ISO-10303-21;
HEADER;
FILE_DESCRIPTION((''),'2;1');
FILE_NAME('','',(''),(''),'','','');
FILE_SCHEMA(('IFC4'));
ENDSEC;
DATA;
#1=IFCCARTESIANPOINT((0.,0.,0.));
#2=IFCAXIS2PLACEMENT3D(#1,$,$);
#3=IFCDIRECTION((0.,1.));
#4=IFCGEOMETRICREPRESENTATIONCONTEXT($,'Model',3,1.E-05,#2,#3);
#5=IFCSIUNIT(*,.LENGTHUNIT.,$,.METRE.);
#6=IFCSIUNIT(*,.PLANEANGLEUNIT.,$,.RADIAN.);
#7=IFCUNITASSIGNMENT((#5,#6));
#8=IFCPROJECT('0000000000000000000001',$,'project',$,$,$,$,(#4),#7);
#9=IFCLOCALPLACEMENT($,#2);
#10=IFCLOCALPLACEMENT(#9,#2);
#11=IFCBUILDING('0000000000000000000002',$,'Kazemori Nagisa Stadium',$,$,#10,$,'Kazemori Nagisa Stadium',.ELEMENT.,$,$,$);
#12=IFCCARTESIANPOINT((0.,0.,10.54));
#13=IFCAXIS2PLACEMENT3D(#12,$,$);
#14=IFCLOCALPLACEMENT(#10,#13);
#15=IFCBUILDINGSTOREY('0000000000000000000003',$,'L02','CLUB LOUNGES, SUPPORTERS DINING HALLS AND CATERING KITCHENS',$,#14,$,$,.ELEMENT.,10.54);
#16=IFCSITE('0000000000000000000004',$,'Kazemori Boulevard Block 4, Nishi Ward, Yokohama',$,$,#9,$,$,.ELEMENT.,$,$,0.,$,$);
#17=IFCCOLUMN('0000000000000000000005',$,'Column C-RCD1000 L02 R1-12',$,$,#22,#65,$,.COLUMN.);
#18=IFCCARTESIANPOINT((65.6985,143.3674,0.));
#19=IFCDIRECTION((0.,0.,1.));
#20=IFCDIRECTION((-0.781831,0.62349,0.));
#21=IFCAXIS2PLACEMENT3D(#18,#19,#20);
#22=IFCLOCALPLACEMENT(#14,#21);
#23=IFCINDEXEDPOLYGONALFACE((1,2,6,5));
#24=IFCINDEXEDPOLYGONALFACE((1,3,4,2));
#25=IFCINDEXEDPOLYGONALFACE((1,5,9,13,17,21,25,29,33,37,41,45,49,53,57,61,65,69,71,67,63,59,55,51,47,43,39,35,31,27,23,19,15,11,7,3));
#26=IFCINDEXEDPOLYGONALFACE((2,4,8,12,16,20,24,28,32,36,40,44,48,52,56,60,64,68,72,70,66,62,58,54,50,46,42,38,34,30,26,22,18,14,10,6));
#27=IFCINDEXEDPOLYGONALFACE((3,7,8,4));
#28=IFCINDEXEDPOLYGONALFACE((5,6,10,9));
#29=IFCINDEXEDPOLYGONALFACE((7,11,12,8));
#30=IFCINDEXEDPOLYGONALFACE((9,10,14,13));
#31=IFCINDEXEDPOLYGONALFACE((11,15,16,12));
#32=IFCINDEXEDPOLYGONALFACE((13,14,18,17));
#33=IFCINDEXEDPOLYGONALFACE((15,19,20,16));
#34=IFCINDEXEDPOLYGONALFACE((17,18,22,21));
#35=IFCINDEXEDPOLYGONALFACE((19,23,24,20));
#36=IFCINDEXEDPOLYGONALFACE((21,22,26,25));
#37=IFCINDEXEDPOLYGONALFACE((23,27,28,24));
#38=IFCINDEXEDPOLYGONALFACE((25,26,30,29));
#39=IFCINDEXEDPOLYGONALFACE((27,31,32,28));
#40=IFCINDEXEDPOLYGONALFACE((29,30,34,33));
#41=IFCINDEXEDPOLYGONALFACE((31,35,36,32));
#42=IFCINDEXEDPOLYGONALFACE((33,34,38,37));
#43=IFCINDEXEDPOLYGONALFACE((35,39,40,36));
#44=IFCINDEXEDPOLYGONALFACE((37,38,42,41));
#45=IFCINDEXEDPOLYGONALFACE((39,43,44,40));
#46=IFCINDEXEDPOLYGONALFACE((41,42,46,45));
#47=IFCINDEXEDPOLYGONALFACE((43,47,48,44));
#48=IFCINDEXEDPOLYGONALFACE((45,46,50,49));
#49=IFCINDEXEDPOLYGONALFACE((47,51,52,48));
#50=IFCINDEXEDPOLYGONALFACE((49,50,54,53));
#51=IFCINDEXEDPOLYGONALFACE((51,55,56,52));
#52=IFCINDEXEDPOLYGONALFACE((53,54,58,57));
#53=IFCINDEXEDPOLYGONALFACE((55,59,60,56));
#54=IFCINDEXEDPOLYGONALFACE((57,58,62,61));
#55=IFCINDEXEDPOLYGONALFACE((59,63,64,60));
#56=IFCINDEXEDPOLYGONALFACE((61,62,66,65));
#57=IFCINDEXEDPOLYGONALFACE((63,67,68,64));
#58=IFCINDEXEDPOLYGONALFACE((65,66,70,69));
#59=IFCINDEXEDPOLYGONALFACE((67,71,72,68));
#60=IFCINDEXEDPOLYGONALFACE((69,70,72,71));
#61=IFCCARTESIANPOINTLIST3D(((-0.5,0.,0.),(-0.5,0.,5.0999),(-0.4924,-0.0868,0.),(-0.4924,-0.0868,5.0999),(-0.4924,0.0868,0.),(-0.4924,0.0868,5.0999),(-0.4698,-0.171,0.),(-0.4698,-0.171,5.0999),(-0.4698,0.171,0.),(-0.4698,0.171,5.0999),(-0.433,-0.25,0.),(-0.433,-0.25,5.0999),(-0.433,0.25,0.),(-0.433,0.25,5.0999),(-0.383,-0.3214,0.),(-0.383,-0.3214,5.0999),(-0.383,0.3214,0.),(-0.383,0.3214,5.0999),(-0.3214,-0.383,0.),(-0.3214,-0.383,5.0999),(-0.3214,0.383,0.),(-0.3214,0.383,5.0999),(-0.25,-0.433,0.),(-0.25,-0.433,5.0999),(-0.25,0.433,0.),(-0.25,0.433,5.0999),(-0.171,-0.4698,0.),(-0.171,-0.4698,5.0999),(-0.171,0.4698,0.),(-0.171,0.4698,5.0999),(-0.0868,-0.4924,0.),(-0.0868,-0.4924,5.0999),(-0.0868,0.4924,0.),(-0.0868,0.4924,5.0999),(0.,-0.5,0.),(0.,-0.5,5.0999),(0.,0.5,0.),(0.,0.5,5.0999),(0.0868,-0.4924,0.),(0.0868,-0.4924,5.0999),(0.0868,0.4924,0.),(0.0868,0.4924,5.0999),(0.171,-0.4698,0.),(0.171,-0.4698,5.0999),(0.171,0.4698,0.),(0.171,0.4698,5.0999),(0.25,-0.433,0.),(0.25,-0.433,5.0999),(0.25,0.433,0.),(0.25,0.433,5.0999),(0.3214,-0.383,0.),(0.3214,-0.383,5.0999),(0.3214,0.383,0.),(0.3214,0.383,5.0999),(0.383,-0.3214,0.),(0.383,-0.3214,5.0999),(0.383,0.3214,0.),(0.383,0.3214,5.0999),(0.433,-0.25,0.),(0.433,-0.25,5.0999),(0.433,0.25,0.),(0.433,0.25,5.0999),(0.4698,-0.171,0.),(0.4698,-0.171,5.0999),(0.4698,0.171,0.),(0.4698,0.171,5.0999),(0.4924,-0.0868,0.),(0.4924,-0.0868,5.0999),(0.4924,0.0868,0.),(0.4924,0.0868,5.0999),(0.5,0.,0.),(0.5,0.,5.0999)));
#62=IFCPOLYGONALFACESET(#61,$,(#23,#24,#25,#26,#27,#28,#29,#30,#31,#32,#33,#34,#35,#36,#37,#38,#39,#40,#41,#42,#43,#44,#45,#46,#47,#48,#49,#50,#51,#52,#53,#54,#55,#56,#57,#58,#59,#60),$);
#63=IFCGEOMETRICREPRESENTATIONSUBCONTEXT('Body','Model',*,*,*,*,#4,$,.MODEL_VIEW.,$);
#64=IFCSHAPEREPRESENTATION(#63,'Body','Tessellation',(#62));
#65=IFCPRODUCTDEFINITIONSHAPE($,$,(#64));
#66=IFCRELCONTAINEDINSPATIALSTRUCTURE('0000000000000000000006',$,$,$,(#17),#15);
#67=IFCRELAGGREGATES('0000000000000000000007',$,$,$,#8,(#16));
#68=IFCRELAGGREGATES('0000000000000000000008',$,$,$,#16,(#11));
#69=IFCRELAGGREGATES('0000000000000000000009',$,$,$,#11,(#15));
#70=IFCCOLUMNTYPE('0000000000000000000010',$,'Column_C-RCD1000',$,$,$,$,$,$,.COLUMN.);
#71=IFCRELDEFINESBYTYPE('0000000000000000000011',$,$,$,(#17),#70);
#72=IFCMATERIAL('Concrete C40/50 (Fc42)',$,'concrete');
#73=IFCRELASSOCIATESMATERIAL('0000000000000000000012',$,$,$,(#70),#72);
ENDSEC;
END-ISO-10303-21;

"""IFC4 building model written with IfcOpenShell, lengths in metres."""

from ifc_helpers import new_model, si_unit, direction, frame, origin, origin_2d, place, context, subcontext, project, spatial, circle, extrude, material, material_profile, profile_set, type_object, element, save


model = new_model("IFC4")

# Units and contexts
model_context = context("Model", 3, precision=1e-05, world=origin(), true_north=direction((0.0, 1.0)))
body_context = subcontext(model_context, "Body", "Model", "MODEL_VIEW")
ifc_project = project(units=[si_unit("LENGTHUNIT", "METRE"), si_unit("PLANEANGLEUNIT", "RADIAN")], contexts=[model_context])

# Site, building, storey
site_placement = place(None, origin())
site = spatial("IfcSite", under=ifc_project, at=site_placement, Name="Kazemori Boulevard Block 4, Nishi Ward, Yokohama", CompositionType="ELEMENT", RefElevation=0.0)
building_placement = place(site_placement, origin())
building = spatial("IfcBuilding", under=site, at=building_placement, Name="Kazemori Nagisa Stadium", LongName="Kazemori Nagisa Stadium", CompositionType="ELEMENT")
storey_placement = place(building_placement, frame((0.0, 0.0, 10.54)))
storey = spatial("IfcBuildingStorey", under=building, at=storey_placement, Name="L02", Description="CLUB LOUNGES, SUPPORTERS DINING HALLS AND CATERING KITCHENS", CompositionType="ELEMENT", Elevation=10.54)

# Column
ifc_material_1 = material(Name="Concrete C40/50 (Fc42)", Category="concrete")
ifc_material_profile_1 = material_profile(ifc_material_1, circle(Radius=0.5, at=origin_2d()), Name="RC-COL-D1000")
ifc_profile_set_1 = profile_set([ifc_material_profile_1], Name="Concrete C40/50 (Fc42)")
column_type = type_object("IfcColumnType", Name="Column_C-RCD1000", PredefinedType="COLUMN", material=ifc_profile_set_1)
column_placement = place(storey_placement, frame((65.6985, 143.3674, 0.0), z_axis=(0.0, 0.0, 1.0), x_axis=(-0.781831, 0.62349, 0.0)))
element("IfcColumn", 1, at=column_placement, inside=storey, type_object=column_type, Name="Column C-RCD1000 L02 R1-12", PredefinedType="COLUMN", context=body_context, shape_type="SweptSolid", body=[
    extrude(circle(Radius=0.5, at=origin_2d()), origin(), (0.0, 0.0, 1.0), 5.0999),
])

save(model, "model.ifc")
